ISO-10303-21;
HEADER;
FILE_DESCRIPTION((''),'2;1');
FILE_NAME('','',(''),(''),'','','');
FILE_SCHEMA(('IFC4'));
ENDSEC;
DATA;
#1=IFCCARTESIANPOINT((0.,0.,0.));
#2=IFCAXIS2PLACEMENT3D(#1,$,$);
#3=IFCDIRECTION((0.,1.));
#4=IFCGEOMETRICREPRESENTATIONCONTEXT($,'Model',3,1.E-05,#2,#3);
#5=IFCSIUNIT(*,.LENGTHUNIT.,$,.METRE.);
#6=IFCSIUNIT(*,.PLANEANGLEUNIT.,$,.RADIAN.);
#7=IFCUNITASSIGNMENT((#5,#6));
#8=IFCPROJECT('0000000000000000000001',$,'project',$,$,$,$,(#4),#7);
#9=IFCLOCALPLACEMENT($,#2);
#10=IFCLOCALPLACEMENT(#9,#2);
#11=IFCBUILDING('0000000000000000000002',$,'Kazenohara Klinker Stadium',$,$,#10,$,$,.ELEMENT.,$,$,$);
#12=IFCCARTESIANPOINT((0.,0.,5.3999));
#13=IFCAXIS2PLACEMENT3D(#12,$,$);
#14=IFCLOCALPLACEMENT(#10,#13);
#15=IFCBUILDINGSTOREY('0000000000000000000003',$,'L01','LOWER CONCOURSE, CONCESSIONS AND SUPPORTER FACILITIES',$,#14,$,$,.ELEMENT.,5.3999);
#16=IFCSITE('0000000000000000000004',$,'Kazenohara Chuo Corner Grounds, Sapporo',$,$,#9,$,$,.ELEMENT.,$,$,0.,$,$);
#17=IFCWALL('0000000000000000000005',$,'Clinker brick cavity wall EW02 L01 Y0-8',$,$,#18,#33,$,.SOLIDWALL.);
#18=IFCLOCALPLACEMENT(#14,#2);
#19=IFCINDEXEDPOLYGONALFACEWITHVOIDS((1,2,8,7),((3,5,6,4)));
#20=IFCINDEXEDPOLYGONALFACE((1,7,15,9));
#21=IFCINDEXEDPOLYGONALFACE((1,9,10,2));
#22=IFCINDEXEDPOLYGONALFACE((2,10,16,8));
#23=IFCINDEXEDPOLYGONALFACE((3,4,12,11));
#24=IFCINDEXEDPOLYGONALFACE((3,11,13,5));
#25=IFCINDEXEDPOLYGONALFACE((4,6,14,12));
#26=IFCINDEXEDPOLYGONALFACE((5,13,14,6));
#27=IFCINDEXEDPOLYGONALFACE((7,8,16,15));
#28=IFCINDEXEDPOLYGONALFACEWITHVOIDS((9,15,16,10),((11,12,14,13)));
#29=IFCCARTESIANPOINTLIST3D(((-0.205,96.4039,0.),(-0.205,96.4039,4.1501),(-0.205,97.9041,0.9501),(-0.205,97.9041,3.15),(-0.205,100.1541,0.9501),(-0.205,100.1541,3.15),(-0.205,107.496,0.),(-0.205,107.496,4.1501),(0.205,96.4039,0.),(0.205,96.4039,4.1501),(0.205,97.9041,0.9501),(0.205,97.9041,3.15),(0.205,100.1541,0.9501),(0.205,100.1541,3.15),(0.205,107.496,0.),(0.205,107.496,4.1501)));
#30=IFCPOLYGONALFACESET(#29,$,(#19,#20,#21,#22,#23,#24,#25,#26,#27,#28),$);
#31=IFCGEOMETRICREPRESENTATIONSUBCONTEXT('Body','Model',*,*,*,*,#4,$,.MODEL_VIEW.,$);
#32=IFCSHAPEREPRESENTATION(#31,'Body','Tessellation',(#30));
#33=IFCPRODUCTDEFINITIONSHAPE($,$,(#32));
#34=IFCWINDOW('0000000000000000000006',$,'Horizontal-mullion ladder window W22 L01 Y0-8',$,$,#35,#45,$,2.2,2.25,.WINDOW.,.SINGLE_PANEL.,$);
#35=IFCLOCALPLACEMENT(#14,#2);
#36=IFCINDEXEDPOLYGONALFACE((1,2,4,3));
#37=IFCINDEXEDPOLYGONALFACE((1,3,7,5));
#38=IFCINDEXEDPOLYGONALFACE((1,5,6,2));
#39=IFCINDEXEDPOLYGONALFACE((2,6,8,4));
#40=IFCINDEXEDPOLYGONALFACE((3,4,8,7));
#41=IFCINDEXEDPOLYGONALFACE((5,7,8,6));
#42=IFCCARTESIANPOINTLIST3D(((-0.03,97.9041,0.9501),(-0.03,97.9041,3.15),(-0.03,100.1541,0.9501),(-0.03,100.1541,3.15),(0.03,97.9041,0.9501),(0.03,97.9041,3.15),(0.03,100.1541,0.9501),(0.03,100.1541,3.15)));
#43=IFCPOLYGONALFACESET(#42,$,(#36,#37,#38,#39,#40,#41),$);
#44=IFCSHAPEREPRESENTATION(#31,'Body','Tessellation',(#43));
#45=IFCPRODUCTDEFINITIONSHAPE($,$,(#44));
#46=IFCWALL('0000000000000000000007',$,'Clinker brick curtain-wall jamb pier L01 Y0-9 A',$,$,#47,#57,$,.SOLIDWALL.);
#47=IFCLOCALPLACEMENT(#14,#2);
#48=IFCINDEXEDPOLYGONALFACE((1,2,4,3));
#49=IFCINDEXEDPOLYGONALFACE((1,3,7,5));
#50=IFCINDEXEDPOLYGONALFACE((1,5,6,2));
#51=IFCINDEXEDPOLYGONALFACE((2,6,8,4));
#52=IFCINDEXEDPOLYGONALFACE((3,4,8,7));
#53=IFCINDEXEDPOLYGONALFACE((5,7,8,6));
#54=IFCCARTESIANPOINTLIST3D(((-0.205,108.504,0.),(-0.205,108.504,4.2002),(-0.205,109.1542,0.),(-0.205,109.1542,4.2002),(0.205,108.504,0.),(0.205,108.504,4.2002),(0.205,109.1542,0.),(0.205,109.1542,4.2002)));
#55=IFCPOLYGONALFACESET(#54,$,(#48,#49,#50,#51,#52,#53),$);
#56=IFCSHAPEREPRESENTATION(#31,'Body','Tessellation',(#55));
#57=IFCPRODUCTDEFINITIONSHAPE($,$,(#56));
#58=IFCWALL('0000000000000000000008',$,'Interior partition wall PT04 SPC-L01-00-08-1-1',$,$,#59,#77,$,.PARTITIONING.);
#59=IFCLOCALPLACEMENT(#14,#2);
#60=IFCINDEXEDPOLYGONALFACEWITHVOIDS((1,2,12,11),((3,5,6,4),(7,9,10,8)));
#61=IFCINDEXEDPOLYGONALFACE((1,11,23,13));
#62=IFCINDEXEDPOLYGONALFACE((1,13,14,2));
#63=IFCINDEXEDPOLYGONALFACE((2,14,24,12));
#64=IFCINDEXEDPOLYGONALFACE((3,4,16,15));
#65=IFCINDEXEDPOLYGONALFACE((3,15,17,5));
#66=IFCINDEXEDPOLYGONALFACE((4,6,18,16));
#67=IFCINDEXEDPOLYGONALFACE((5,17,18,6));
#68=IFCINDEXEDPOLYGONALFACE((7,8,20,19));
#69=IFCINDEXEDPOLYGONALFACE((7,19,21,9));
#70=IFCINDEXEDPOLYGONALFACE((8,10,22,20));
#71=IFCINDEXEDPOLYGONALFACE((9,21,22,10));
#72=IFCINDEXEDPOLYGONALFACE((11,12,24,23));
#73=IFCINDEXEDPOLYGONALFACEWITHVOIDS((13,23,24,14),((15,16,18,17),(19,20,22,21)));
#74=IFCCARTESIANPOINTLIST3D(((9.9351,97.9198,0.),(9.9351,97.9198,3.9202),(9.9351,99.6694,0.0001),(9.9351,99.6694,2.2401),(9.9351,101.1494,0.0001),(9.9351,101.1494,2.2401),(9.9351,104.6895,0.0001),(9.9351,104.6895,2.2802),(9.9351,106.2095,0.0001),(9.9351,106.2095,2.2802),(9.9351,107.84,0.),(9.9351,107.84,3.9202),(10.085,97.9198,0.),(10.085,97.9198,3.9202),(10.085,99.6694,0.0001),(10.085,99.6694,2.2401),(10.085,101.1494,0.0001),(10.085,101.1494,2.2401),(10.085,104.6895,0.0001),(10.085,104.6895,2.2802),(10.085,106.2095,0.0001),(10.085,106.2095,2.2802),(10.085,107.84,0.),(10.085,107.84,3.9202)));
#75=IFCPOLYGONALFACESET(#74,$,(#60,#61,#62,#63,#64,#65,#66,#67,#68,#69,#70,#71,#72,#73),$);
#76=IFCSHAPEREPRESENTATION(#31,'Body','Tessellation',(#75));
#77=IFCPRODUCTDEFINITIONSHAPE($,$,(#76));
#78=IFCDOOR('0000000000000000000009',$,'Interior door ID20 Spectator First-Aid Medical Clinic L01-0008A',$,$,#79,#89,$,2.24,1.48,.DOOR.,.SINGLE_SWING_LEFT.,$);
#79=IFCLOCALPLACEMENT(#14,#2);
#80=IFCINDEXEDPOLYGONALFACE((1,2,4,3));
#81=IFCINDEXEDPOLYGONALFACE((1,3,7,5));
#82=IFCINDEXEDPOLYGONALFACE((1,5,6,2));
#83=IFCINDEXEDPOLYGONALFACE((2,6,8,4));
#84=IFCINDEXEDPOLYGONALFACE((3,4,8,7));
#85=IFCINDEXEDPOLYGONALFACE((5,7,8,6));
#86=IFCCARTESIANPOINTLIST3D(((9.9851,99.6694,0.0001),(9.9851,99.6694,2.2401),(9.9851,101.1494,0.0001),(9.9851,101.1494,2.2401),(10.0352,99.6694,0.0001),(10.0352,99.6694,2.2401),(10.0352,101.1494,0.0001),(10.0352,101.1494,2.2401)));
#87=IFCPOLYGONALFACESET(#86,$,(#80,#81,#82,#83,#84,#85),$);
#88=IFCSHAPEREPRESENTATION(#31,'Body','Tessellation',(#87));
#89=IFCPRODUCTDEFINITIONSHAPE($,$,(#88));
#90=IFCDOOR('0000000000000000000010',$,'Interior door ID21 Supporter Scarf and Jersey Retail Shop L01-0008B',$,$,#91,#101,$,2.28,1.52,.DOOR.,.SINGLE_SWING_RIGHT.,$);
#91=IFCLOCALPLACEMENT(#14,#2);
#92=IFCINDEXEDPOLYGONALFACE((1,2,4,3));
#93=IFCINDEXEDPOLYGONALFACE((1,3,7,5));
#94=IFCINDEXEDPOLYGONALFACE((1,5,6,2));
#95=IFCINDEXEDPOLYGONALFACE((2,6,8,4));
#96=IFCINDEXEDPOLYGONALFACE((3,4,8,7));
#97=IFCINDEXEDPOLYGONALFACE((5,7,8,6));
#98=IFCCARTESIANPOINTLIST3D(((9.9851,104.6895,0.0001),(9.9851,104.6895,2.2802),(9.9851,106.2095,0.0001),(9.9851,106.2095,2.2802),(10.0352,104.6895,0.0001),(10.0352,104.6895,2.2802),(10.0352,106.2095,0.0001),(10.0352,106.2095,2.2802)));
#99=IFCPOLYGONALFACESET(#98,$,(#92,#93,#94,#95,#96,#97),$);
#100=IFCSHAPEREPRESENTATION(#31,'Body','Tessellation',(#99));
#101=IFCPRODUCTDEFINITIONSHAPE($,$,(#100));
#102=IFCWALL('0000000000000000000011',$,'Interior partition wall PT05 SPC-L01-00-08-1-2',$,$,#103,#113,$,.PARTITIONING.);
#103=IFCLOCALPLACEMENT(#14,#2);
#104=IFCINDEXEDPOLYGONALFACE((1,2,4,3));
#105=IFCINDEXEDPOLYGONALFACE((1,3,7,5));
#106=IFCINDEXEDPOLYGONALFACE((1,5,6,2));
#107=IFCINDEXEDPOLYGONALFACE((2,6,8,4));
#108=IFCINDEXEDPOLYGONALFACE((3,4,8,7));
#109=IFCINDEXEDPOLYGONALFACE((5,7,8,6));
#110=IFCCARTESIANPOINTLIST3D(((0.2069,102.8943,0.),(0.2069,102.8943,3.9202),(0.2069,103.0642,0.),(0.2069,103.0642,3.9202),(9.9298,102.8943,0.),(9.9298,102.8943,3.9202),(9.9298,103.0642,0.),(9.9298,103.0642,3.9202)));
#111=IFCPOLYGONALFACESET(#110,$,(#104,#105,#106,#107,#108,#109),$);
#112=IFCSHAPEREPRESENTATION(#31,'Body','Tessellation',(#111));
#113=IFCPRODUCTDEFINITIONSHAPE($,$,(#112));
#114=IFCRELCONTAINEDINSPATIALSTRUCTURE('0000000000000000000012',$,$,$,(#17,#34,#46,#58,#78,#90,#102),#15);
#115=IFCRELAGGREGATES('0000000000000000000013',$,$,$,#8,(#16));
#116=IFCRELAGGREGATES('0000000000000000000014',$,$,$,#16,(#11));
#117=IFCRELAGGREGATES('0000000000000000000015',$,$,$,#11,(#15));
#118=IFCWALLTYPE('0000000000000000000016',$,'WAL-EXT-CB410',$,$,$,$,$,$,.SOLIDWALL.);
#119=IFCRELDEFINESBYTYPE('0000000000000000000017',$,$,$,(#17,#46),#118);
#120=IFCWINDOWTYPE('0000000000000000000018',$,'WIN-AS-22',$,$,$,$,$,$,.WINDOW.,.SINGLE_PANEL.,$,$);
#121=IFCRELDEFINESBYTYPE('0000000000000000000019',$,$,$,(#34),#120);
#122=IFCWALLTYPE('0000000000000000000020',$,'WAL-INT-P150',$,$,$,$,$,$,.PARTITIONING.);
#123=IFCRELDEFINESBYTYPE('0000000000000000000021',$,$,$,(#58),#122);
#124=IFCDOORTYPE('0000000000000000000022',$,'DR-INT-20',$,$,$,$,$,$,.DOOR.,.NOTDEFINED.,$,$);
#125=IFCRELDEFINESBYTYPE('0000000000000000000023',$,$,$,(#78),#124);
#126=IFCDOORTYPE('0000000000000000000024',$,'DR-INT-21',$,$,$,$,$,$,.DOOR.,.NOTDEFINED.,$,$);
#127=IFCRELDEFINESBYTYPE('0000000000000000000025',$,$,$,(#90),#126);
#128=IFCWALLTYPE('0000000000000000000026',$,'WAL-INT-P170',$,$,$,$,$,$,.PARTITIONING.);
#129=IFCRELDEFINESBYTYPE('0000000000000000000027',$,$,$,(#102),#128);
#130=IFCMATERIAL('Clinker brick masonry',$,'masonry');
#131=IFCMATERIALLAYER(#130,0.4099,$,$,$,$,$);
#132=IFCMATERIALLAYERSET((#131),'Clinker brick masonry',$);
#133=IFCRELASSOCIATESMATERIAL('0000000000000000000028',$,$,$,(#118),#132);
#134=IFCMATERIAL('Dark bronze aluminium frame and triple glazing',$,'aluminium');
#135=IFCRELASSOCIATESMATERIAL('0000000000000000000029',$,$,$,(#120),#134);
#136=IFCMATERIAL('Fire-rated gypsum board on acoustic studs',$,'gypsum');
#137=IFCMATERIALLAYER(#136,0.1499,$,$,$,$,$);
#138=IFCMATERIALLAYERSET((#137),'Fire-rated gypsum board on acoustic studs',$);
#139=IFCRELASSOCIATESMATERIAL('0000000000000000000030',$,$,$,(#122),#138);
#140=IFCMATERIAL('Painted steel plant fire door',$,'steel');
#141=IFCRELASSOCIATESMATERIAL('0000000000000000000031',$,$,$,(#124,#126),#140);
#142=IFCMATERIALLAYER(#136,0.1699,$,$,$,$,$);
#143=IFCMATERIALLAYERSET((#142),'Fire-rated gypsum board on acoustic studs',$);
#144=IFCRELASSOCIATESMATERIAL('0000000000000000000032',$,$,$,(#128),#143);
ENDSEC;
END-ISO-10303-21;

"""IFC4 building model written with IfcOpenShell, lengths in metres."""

from ifc_helpers import new_model, si_unit, direction, frame, frame_2d, origin, place, context, subcontext, project, spatial, rectangle, extrude, material, layer, layer_set, type_object, element, fill, save


model = new_model("IFC4")

# Units and contexts
model_context = context("Model", 3, precision=1e-05, world=origin(), true_north=direction((0.0, 1.0)))
body_context = subcontext(model_context, "Body", "Model", "MODEL_VIEW")
ifc_project = project(units=[si_unit("LENGTHUNIT", "METRE"), si_unit("PLANEANGLEUNIT", "RADIAN")], contexts=[model_context])

# Site, building, storey
site_placement = place(None, origin())
site = spatial("IfcSite", under=ifc_project, at=site_placement, Name="Kazenohara Chuo Corner Grounds, Sapporo", CompositionType="ELEMENT", RefElevation=0.0)
building_placement = place(site_placement, origin())
building = spatial("IfcBuilding", under=site, at=building_placement, Name="Kazenohara Klinker Stadium", CompositionType="ELEMENT")
storey_placement = place(building_placement, frame((0.0, 0.0, 5.3999)))
storey = spatial("IfcBuildingStorey", under=building, at=storey_placement, Name="L01", Description="LOWER CONCOURSE, CONCESSIONS AND SUPPORTER FACILITIES", CompositionType="ELEMENT", Elevation=5.3999)

# Wall, opening, window
ifc_material_1 = material(Name="Clinker brick masonry", Category="masonry")
ifc_layer_1 = layer(ifc_material_1, 0.4099)
ifc_layer_set_1 = layer_set([ifc_layer_1], Name="Clinker brick masonry")
wall_type_1 = type_object("IfcWallType", Name="WAL-EXT-CB410", PredefinedType="SOLIDWALL", material=ifc_layer_set_1)
wall_1_placement = place(storey_placement, frame((0.0, 96.4041, 0.0), z_axis=(0.0, 0.0, 1.0), x_axis=(0.0, 1.0, 0.0)))
wall_1 = element("IfcWall", 1, at=wall_1_placement, inside=storey, type_object=wall_type_1, Name="Clinker brick cavity wall EW02 L01 Y0-8", PredefinedType="SOLIDWALL", context=body_context, shape_type="SweptSolid", body=[
    extrude(rectangle(XDim=11.092, YDim=0.4099, at=frame_2d((5.5459, 0.0))), origin(), (0.0, 0.0, 1.0), 4.1501),
])
opening_1_placement = place(wall_1_placement, frame((1.5, 0.0, 0.95)))
opening_1 = element("IfcOpeningElement", 2, at=opening_1_placement, cuts=wall_1, PredefinedType="OPENING", context=body_context, shape_type="SweptSolid", body=[
    extrude(rectangle(XDim=2.25, YDim=2.2, at=frame_2d((1.125, 1.1001))), frame((0.0, 0.2148, 0.0), z_axis=(0.0, -1.0, 0.0), x_axis=(1.0, 0.0, 0.0)), (0.0, 0.0, 1.0), 0.4299),
])
ifc_material_2 = material(Name="Dark bronze aluminium frame and triple glazing", Category="aluminium")
window_type = type_object("IfcWindowType", Name="WIN-AS-22", PartitioningType="SINGLE_PANEL", PredefinedType="WINDOW", material=ifc_material_2)
window_placement = place(opening_1_placement, origin())
window = element("IfcWindow", 3, at=window_placement, inside=storey, type_object=window_type, Name="Horizontal-mullion ladder window W22 L01 Y0-8", OverallHeight=2.2, OverallWidth=2.25, PartitioningType="SINGLE_PANEL", PredefinedType="WINDOW", context=body_context, shape_type="SweptSolid", body=[
    extrude(rectangle(XDim=2.25, YDim=2.2, at=frame_2d((1.125, 1.1001))), frame((0.0, 0.03, 0.0), z_axis=(0.0, -1.0, 0.0), x_axis=(1.0, 0.0, 0.0)), (0.0, 0.0, 1.0), 0.0601),
])
fill(opening_1, window)

# Wall
wall_2_placement = place(storey_placement, frame((0.0, 108.5039, 0.0), z_axis=(0.0, 0.0, 1.0), x_axis=(0.0, 1.0, 0.0)))
element("IfcWall", 4, at=wall_2_placement, inside=storey, type_object=wall_type_1, Name="Clinker brick curtain-wall jamb pier L01 Y0-9 A", PredefinedType="SOLIDWALL", context=body_context, shape_type="SweptSolid", body=[
    extrude(rectangle(XDim=0.6501, YDim=0.4099, at=frame_2d((0.3252, 0.0))), origin(), (0.0, 0.0, 1.0), 4.2002),
])

# Wall, openings, doors
ifc_material_3 = material(Name="Fire-rated gypsum board on acoustic studs", Category="gypsum")
ifc_layer_2 = layer(ifc_material_3, 0.1499)
ifc_layer_set_2 = layer_set([ifc_layer_2], Name="Fire-rated gypsum board on acoustic studs")
wall_type_2 = type_object("IfcWallType", Name="WAL-INT-P150", PredefinedType="PARTITIONING", material=ifc_layer_set_2)
wall_3_placement = place(storey_placement, frame((10.01, 97.9199, 0.0), z_axis=(0.0, 0.0, 1.0), x_axis=(0.0, 1.0, 0.0)))
wall_3 = element("IfcWall", 5, at=wall_3_placement, inside=storey, type_object=wall_type_2, Name="Interior partition wall PT04 SPC-L01-00-08-1-1", PredefinedType="PARTITIONING", context=body_context, shape_type="SweptSolid", body=[
    extrude(rectangle(XDim=9.9202, YDim=0.1499, at=frame_2d((4.96, 0.0))), origin(), (0.0, 0.0, 1.0), 3.9202),
])
opening_2_placement = place(wall_3_placement, frame((1.7495, 0.0, 0.0)))
opening_2 = element("IfcOpeningElement", 6, at=opening_2_placement, cuts=wall_3, PredefinedType="OPENING", context=body_context, shape_type="SweptSolid", body=[
    extrude(rectangle(XDim=1.48, YDim=2.24, at=frame_2d((0.74, 1.1201))), frame((0.0, 0.085, 0.0), z_axis=(0.0, -1.0, 0.0), x_axis=(1.0, 0.0, 0.0)), (0.0, 0.0, 1.0), 0.1699),
])
opening_3_placement = place(wall_3_placement, frame((6.7695, 0.0, 0.0)))
opening_3 = element("IfcOpeningElement", 7, at=opening_3_placement, cuts=wall_3, PredefinedType="OPENING", context=body_context, shape_type="SweptSolid", body=[
    extrude(rectangle(XDim=1.52, YDim=2.28, at=frame_2d((0.76, 1.1401))), frame((0.0, 0.085, 0.0), z_axis=(0.0, -1.0, 0.0), x_axis=(1.0, 0.0, 0.0)), (0.0, 0.0, 1.0), 0.1699),
])
ifc_material_4 = material(Name="Painted steel plant fire door", Category="steel")
door_type_1 = type_object("IfcDoorType", Name="DR-INT-20", OperationType="NOTDEFINED", PredefinedType="DOOR", material=ifc_material_4)
door_1_placement = place(opening_2_placement, origin())
door_1 = element("IfcDoor", 8, at=door_1_placement, inside=storey, type_object=door_type_1, Name="Interior door ID20 Spectator First-Aid Medical Clinic L01-0008A", OperationType="SINGLE_SWING_LEFT", OverallHeight=2.24, OverallWidth=1.48, PredefinedType="DOOR", context=body_context, shape_type="SweptSolid", body=[
    extrude(rectangle(XDim=1.48, YDim=2.24, at=frame_2d((0.74, 1.1201))), frame((0.0, 0.0249, 0.0), z_axis=(0.0, -1.0, 0.0), x_axis=(1.0, 0.0, 0.0)), (0.0, 0.0, 1.0), 0.05),
])
fill(opening_2, door_1)
door_type_2 = type_object("IfcDoorType", Name="DR-INT-21", OperationType="NOTDEFINED", PredefinedType="DOOR", material=ifc_material_4)
door_2_placement = place(opening_3_placement, origin())
door_2 = element("IfcDoor", 9, at=door_2_placement, inside=storey, type_object=door_type_2, Name="Interior door ID21 Supporter Scarf and Jersey Retail Shop L01-0008B", OperationType="SINGLE_SWING_RIGHT", OverallHeight=2.28, OverallWidth=1.52, PredefinedType="DOOR", context=body_context, shape_type="SweptSolid", body=[
    extrude(rectangle(XDim=1.52, YDim=2.28, at=frame_2d((0.76, 1.1401))), frame((0.0, 0.0249, 0.0), z_axis=(0.0, -1.0, 0.0), x_axis=(1.0, 0.0, 0.0)), (0.0, 0.0, 1.0), 0.05),
])
fill(opening_3, door_2)

# Wall
ifc_layer_3 = layer(ifc_material_3, 0.1699)
ifc_layer_set_3 = layer_set([ifc_layer_3], Name="Fire-rated gypsum board on acoustic studs")
wall_type_3 = type_object("IfcWallType", Name="WAL-INT-P170", PredefinedType="PARTITIONING", material=ifc_layer_set_3)
wall_4_placement = place(storey_placement, frame((0.207, 102.9792, 0.0), z_axis=(0.0, 0.0, 1.0), x_axis=(1.0, 0.0, 0.0)))
element("IfcWall", 10, at=wall_4_placement, inside=storey, type_object=wall_type_3, Name="Interior partition wall PT05 SPC-L01-00-08-1-2", PredefinedType="PARTITIONING", context=body_context, shape_type="SweptSolid", body=[
    extrude(rectangle(XDim=9.7229, YDim=0.1699, at=frame_2d((4.8613, 0.0))), origin(), (0.0, 0.0, 1.0), 3.9202),
])

save(model, "model.ifc")
